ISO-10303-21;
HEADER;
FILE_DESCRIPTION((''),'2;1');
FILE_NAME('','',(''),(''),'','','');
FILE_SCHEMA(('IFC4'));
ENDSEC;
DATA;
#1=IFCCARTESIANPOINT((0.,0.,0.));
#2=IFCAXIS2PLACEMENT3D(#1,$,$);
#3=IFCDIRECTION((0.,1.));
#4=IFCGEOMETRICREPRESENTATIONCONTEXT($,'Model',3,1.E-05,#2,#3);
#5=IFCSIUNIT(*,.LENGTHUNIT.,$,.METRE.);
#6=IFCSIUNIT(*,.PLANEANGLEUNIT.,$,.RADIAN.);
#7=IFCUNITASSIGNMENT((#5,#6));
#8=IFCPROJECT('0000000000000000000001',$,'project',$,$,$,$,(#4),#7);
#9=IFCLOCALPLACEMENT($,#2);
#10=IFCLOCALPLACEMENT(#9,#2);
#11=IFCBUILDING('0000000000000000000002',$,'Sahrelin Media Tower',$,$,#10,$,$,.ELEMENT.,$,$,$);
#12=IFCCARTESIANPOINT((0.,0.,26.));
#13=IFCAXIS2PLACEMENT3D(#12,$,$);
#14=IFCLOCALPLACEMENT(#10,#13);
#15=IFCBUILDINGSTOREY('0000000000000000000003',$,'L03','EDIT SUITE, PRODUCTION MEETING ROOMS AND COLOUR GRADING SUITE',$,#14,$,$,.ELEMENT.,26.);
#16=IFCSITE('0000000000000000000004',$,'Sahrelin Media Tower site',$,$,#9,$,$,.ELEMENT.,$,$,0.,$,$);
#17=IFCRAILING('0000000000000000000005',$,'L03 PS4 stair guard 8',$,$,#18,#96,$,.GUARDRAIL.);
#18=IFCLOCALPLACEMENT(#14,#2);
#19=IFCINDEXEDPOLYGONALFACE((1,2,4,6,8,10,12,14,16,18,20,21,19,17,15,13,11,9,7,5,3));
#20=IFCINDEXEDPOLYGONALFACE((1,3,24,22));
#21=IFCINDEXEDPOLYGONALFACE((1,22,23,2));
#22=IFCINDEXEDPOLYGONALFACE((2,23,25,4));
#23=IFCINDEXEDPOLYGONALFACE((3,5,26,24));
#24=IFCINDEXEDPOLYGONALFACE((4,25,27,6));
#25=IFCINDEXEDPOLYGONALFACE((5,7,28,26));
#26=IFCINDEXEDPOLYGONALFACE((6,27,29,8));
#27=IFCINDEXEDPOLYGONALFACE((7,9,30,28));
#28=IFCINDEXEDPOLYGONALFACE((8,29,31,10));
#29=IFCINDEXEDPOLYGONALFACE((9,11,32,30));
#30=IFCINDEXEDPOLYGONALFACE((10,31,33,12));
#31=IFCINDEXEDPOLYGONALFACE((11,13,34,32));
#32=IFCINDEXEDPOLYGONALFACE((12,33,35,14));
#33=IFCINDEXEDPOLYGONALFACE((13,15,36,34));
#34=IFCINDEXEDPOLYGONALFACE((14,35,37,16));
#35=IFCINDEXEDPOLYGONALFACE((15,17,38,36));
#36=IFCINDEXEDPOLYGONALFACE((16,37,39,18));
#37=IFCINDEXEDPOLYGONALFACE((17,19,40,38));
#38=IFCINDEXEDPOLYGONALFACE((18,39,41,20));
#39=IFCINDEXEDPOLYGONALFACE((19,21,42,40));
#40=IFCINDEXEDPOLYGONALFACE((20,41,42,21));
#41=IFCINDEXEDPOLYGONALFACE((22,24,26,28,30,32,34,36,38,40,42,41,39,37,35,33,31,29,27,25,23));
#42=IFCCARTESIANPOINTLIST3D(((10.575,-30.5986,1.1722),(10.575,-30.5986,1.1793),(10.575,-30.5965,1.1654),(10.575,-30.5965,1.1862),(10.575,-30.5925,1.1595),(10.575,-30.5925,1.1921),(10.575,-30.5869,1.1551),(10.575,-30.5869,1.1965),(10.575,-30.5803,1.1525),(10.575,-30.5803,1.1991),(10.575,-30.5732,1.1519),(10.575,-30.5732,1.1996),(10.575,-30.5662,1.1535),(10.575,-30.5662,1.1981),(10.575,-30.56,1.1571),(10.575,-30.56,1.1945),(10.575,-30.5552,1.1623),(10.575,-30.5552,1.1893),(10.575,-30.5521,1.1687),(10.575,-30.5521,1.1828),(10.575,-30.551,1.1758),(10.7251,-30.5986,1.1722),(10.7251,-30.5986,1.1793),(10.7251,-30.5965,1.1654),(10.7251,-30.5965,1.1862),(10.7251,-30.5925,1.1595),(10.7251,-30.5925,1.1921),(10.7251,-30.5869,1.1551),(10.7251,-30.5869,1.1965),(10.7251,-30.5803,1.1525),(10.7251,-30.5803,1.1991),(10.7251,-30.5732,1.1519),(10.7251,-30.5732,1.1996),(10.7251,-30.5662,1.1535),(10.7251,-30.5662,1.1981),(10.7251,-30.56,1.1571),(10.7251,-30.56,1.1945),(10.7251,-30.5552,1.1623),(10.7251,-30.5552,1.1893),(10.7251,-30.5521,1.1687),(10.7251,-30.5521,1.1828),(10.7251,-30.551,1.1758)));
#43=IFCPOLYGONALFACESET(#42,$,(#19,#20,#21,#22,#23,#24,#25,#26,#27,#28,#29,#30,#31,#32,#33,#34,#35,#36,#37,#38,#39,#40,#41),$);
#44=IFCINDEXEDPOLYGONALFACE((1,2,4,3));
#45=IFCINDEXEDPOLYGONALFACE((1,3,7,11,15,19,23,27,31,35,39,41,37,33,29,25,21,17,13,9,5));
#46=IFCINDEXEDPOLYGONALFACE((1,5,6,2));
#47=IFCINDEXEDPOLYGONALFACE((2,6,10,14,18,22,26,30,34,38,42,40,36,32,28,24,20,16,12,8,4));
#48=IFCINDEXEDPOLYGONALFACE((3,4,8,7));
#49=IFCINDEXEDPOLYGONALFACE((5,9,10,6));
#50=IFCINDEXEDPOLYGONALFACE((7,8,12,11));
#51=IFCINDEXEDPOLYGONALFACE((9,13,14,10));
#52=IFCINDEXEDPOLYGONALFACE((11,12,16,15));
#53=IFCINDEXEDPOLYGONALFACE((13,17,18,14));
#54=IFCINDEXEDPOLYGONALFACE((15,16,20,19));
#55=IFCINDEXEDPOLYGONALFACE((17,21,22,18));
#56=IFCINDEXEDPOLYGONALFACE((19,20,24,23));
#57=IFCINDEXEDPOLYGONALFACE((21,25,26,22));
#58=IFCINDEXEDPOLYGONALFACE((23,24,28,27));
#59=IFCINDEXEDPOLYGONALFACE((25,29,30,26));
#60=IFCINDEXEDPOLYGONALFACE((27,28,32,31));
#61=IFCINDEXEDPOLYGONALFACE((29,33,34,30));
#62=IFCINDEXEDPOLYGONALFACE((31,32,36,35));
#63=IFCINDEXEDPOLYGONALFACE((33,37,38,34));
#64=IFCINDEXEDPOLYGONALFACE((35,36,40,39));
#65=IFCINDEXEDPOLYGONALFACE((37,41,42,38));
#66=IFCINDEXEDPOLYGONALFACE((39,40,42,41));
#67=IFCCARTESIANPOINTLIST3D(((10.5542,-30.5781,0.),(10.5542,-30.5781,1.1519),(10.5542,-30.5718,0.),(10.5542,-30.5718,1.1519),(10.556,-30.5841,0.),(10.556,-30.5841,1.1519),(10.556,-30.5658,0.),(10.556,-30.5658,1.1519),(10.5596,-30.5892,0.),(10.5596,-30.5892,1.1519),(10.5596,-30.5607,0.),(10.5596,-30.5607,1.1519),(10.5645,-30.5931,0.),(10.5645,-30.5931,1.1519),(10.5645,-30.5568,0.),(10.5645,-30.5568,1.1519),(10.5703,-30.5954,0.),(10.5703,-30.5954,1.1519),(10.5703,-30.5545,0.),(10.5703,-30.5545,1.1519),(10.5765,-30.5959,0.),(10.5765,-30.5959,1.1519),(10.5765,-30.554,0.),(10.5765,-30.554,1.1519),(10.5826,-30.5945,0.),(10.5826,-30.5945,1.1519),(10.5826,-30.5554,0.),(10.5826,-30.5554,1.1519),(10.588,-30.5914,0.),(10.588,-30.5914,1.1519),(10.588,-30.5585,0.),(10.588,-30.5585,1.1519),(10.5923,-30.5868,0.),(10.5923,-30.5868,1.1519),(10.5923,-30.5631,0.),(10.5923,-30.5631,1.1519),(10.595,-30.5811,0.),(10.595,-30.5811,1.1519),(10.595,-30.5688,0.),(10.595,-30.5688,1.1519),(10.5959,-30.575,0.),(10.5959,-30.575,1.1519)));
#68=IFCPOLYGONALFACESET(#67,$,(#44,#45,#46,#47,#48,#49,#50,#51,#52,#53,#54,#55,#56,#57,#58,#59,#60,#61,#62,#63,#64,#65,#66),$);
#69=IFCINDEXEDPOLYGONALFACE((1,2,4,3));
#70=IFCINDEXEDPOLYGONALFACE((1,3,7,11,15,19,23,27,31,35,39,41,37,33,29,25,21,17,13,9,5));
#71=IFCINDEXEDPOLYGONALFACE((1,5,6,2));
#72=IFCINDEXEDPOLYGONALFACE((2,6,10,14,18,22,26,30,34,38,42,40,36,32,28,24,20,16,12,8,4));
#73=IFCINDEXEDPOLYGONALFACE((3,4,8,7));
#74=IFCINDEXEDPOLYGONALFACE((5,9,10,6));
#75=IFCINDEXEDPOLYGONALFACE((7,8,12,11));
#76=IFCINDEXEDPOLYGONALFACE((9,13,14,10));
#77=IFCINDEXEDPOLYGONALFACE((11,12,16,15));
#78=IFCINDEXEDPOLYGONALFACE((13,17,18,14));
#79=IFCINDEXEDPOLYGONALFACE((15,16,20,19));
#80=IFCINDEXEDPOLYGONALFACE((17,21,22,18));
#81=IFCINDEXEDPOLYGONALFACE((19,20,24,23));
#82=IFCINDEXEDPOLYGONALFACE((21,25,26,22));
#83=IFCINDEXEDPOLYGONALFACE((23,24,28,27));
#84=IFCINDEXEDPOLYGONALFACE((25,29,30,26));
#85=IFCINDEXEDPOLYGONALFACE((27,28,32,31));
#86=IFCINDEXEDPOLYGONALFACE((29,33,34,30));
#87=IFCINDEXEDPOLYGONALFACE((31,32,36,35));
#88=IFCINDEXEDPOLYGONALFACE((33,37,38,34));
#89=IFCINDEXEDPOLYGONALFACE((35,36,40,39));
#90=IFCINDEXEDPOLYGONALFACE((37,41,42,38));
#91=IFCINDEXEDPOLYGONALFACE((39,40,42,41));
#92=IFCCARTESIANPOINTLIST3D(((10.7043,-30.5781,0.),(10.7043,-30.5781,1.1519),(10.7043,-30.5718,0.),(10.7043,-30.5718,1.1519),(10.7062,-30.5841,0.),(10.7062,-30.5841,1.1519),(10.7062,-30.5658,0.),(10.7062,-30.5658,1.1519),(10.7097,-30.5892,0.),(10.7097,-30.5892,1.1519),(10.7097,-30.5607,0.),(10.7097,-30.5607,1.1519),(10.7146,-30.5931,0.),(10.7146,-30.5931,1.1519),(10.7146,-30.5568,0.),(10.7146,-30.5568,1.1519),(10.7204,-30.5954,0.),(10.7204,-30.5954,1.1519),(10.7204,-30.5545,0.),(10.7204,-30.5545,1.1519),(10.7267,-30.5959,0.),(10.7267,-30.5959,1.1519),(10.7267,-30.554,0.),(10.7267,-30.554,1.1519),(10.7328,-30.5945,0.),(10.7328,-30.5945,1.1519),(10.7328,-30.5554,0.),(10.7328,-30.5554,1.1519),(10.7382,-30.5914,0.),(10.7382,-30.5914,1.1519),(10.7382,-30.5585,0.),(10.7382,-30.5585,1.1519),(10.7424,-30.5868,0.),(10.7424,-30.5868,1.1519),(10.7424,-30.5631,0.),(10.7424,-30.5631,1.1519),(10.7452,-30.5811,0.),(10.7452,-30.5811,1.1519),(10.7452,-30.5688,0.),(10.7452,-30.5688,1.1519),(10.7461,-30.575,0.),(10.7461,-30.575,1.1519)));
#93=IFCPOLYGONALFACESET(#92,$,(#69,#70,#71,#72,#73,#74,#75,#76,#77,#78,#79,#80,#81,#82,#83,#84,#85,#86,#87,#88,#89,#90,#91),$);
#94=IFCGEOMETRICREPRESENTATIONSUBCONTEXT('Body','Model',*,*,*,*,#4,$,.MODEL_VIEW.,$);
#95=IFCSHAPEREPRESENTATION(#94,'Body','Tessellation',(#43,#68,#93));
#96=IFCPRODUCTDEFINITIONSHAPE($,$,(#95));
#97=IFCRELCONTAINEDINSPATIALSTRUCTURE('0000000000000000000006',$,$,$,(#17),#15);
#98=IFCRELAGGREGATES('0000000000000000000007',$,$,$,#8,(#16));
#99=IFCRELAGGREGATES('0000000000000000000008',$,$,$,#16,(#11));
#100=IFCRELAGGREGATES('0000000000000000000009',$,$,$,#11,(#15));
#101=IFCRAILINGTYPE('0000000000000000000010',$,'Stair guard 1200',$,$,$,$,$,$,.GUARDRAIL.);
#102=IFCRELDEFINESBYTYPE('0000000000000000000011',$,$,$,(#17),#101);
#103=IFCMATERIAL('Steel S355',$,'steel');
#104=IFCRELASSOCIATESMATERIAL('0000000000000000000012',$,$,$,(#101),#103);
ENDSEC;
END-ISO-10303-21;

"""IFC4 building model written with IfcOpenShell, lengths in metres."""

from ifc_helpers import new_model, si_unit, direction, frame, origin, origin_2d, place, context, subcontext, project, spatial, circle, extrude, material, type_object, element, save


model = new_model("IFC4")

# Units and contexts
model_context = context("Model", 3, precision=1e-05, world=origin(), true_north=direction((0.0, 1.0)))
body_context = subcontext(model_context, "Body", "Model", "MODEL_VIEW")
ifc_project = project(units=[si_unit("LENGTHUNIT", "METRE"), si_unit("PLANEANGLEUNIT", "RADIAN")], contexts=[model_context])

# Site, building, storey
site_placement = place(None, origin())
site = spatial("IfcSite", under=ifc_project, at=site_placement, Name="Sahrelin Media Tower site", CompositionType="ELEMENT", RefElevation=0.0)
building_placement = place(site_placement, origin())
building = spatial("IfcBuilding", under=site, at=building_placement, Name="Sahrelin Media Tower", CompositionType="ELEMENT")
storey_placement = place(building_placement, frame((0.0, 0.0, 26.0)))
storey = spatial("IfcBuildingStorey", under=building, at=storey_placement, Name="L03", Description="EDIT SUITE, PRODUCTION MEETING ROOMS AND COLOUR GRADING SUITE", CompositionType="ELEMENT", Elevation=26.0)

# Shared definitions
ifc_material_1 = material(Name="Steel S355", Category="steel")

# Railing
railing_type_1 = type_object("IfcRailingType", Name="Stair guard 1200", PredefinedType="GUARDRAIL", material=ifc_material_1)
railing_1_placement = place(storey_placement, frame((10.575, -30.575, 0.0)))
element("IfcRailing", 1, at=railing_1_placement, inside=storey, type_object=railing_type_1, Name="L03 PS4 stair guard 8", PredefinedType="GUARDRAIL", context=body_context, shape_type="SweptSolid", body=[
    extrude(circle(Radius=0.0239, at=origin_2d()), frame((0.0, 0.0, 1.1758), z_axis=(1.0, 0.0, 0.0), x_axis=(0.0, 1.0, 0.0)), (0.0, 0.0, 1.0), 0.1501),
    extrude(circle(Radius=0.021, at=origin_2d()), origin(), (0.0, 0.0, 1.0), 1.1519),
    extrude(circle(Radius=0.021, at=origin_2d()), frame((0.1501, 0.0, 0.0)), (0.0, 0.0, 1.0), 1.1519),
])

save(model, "model.ifc")
